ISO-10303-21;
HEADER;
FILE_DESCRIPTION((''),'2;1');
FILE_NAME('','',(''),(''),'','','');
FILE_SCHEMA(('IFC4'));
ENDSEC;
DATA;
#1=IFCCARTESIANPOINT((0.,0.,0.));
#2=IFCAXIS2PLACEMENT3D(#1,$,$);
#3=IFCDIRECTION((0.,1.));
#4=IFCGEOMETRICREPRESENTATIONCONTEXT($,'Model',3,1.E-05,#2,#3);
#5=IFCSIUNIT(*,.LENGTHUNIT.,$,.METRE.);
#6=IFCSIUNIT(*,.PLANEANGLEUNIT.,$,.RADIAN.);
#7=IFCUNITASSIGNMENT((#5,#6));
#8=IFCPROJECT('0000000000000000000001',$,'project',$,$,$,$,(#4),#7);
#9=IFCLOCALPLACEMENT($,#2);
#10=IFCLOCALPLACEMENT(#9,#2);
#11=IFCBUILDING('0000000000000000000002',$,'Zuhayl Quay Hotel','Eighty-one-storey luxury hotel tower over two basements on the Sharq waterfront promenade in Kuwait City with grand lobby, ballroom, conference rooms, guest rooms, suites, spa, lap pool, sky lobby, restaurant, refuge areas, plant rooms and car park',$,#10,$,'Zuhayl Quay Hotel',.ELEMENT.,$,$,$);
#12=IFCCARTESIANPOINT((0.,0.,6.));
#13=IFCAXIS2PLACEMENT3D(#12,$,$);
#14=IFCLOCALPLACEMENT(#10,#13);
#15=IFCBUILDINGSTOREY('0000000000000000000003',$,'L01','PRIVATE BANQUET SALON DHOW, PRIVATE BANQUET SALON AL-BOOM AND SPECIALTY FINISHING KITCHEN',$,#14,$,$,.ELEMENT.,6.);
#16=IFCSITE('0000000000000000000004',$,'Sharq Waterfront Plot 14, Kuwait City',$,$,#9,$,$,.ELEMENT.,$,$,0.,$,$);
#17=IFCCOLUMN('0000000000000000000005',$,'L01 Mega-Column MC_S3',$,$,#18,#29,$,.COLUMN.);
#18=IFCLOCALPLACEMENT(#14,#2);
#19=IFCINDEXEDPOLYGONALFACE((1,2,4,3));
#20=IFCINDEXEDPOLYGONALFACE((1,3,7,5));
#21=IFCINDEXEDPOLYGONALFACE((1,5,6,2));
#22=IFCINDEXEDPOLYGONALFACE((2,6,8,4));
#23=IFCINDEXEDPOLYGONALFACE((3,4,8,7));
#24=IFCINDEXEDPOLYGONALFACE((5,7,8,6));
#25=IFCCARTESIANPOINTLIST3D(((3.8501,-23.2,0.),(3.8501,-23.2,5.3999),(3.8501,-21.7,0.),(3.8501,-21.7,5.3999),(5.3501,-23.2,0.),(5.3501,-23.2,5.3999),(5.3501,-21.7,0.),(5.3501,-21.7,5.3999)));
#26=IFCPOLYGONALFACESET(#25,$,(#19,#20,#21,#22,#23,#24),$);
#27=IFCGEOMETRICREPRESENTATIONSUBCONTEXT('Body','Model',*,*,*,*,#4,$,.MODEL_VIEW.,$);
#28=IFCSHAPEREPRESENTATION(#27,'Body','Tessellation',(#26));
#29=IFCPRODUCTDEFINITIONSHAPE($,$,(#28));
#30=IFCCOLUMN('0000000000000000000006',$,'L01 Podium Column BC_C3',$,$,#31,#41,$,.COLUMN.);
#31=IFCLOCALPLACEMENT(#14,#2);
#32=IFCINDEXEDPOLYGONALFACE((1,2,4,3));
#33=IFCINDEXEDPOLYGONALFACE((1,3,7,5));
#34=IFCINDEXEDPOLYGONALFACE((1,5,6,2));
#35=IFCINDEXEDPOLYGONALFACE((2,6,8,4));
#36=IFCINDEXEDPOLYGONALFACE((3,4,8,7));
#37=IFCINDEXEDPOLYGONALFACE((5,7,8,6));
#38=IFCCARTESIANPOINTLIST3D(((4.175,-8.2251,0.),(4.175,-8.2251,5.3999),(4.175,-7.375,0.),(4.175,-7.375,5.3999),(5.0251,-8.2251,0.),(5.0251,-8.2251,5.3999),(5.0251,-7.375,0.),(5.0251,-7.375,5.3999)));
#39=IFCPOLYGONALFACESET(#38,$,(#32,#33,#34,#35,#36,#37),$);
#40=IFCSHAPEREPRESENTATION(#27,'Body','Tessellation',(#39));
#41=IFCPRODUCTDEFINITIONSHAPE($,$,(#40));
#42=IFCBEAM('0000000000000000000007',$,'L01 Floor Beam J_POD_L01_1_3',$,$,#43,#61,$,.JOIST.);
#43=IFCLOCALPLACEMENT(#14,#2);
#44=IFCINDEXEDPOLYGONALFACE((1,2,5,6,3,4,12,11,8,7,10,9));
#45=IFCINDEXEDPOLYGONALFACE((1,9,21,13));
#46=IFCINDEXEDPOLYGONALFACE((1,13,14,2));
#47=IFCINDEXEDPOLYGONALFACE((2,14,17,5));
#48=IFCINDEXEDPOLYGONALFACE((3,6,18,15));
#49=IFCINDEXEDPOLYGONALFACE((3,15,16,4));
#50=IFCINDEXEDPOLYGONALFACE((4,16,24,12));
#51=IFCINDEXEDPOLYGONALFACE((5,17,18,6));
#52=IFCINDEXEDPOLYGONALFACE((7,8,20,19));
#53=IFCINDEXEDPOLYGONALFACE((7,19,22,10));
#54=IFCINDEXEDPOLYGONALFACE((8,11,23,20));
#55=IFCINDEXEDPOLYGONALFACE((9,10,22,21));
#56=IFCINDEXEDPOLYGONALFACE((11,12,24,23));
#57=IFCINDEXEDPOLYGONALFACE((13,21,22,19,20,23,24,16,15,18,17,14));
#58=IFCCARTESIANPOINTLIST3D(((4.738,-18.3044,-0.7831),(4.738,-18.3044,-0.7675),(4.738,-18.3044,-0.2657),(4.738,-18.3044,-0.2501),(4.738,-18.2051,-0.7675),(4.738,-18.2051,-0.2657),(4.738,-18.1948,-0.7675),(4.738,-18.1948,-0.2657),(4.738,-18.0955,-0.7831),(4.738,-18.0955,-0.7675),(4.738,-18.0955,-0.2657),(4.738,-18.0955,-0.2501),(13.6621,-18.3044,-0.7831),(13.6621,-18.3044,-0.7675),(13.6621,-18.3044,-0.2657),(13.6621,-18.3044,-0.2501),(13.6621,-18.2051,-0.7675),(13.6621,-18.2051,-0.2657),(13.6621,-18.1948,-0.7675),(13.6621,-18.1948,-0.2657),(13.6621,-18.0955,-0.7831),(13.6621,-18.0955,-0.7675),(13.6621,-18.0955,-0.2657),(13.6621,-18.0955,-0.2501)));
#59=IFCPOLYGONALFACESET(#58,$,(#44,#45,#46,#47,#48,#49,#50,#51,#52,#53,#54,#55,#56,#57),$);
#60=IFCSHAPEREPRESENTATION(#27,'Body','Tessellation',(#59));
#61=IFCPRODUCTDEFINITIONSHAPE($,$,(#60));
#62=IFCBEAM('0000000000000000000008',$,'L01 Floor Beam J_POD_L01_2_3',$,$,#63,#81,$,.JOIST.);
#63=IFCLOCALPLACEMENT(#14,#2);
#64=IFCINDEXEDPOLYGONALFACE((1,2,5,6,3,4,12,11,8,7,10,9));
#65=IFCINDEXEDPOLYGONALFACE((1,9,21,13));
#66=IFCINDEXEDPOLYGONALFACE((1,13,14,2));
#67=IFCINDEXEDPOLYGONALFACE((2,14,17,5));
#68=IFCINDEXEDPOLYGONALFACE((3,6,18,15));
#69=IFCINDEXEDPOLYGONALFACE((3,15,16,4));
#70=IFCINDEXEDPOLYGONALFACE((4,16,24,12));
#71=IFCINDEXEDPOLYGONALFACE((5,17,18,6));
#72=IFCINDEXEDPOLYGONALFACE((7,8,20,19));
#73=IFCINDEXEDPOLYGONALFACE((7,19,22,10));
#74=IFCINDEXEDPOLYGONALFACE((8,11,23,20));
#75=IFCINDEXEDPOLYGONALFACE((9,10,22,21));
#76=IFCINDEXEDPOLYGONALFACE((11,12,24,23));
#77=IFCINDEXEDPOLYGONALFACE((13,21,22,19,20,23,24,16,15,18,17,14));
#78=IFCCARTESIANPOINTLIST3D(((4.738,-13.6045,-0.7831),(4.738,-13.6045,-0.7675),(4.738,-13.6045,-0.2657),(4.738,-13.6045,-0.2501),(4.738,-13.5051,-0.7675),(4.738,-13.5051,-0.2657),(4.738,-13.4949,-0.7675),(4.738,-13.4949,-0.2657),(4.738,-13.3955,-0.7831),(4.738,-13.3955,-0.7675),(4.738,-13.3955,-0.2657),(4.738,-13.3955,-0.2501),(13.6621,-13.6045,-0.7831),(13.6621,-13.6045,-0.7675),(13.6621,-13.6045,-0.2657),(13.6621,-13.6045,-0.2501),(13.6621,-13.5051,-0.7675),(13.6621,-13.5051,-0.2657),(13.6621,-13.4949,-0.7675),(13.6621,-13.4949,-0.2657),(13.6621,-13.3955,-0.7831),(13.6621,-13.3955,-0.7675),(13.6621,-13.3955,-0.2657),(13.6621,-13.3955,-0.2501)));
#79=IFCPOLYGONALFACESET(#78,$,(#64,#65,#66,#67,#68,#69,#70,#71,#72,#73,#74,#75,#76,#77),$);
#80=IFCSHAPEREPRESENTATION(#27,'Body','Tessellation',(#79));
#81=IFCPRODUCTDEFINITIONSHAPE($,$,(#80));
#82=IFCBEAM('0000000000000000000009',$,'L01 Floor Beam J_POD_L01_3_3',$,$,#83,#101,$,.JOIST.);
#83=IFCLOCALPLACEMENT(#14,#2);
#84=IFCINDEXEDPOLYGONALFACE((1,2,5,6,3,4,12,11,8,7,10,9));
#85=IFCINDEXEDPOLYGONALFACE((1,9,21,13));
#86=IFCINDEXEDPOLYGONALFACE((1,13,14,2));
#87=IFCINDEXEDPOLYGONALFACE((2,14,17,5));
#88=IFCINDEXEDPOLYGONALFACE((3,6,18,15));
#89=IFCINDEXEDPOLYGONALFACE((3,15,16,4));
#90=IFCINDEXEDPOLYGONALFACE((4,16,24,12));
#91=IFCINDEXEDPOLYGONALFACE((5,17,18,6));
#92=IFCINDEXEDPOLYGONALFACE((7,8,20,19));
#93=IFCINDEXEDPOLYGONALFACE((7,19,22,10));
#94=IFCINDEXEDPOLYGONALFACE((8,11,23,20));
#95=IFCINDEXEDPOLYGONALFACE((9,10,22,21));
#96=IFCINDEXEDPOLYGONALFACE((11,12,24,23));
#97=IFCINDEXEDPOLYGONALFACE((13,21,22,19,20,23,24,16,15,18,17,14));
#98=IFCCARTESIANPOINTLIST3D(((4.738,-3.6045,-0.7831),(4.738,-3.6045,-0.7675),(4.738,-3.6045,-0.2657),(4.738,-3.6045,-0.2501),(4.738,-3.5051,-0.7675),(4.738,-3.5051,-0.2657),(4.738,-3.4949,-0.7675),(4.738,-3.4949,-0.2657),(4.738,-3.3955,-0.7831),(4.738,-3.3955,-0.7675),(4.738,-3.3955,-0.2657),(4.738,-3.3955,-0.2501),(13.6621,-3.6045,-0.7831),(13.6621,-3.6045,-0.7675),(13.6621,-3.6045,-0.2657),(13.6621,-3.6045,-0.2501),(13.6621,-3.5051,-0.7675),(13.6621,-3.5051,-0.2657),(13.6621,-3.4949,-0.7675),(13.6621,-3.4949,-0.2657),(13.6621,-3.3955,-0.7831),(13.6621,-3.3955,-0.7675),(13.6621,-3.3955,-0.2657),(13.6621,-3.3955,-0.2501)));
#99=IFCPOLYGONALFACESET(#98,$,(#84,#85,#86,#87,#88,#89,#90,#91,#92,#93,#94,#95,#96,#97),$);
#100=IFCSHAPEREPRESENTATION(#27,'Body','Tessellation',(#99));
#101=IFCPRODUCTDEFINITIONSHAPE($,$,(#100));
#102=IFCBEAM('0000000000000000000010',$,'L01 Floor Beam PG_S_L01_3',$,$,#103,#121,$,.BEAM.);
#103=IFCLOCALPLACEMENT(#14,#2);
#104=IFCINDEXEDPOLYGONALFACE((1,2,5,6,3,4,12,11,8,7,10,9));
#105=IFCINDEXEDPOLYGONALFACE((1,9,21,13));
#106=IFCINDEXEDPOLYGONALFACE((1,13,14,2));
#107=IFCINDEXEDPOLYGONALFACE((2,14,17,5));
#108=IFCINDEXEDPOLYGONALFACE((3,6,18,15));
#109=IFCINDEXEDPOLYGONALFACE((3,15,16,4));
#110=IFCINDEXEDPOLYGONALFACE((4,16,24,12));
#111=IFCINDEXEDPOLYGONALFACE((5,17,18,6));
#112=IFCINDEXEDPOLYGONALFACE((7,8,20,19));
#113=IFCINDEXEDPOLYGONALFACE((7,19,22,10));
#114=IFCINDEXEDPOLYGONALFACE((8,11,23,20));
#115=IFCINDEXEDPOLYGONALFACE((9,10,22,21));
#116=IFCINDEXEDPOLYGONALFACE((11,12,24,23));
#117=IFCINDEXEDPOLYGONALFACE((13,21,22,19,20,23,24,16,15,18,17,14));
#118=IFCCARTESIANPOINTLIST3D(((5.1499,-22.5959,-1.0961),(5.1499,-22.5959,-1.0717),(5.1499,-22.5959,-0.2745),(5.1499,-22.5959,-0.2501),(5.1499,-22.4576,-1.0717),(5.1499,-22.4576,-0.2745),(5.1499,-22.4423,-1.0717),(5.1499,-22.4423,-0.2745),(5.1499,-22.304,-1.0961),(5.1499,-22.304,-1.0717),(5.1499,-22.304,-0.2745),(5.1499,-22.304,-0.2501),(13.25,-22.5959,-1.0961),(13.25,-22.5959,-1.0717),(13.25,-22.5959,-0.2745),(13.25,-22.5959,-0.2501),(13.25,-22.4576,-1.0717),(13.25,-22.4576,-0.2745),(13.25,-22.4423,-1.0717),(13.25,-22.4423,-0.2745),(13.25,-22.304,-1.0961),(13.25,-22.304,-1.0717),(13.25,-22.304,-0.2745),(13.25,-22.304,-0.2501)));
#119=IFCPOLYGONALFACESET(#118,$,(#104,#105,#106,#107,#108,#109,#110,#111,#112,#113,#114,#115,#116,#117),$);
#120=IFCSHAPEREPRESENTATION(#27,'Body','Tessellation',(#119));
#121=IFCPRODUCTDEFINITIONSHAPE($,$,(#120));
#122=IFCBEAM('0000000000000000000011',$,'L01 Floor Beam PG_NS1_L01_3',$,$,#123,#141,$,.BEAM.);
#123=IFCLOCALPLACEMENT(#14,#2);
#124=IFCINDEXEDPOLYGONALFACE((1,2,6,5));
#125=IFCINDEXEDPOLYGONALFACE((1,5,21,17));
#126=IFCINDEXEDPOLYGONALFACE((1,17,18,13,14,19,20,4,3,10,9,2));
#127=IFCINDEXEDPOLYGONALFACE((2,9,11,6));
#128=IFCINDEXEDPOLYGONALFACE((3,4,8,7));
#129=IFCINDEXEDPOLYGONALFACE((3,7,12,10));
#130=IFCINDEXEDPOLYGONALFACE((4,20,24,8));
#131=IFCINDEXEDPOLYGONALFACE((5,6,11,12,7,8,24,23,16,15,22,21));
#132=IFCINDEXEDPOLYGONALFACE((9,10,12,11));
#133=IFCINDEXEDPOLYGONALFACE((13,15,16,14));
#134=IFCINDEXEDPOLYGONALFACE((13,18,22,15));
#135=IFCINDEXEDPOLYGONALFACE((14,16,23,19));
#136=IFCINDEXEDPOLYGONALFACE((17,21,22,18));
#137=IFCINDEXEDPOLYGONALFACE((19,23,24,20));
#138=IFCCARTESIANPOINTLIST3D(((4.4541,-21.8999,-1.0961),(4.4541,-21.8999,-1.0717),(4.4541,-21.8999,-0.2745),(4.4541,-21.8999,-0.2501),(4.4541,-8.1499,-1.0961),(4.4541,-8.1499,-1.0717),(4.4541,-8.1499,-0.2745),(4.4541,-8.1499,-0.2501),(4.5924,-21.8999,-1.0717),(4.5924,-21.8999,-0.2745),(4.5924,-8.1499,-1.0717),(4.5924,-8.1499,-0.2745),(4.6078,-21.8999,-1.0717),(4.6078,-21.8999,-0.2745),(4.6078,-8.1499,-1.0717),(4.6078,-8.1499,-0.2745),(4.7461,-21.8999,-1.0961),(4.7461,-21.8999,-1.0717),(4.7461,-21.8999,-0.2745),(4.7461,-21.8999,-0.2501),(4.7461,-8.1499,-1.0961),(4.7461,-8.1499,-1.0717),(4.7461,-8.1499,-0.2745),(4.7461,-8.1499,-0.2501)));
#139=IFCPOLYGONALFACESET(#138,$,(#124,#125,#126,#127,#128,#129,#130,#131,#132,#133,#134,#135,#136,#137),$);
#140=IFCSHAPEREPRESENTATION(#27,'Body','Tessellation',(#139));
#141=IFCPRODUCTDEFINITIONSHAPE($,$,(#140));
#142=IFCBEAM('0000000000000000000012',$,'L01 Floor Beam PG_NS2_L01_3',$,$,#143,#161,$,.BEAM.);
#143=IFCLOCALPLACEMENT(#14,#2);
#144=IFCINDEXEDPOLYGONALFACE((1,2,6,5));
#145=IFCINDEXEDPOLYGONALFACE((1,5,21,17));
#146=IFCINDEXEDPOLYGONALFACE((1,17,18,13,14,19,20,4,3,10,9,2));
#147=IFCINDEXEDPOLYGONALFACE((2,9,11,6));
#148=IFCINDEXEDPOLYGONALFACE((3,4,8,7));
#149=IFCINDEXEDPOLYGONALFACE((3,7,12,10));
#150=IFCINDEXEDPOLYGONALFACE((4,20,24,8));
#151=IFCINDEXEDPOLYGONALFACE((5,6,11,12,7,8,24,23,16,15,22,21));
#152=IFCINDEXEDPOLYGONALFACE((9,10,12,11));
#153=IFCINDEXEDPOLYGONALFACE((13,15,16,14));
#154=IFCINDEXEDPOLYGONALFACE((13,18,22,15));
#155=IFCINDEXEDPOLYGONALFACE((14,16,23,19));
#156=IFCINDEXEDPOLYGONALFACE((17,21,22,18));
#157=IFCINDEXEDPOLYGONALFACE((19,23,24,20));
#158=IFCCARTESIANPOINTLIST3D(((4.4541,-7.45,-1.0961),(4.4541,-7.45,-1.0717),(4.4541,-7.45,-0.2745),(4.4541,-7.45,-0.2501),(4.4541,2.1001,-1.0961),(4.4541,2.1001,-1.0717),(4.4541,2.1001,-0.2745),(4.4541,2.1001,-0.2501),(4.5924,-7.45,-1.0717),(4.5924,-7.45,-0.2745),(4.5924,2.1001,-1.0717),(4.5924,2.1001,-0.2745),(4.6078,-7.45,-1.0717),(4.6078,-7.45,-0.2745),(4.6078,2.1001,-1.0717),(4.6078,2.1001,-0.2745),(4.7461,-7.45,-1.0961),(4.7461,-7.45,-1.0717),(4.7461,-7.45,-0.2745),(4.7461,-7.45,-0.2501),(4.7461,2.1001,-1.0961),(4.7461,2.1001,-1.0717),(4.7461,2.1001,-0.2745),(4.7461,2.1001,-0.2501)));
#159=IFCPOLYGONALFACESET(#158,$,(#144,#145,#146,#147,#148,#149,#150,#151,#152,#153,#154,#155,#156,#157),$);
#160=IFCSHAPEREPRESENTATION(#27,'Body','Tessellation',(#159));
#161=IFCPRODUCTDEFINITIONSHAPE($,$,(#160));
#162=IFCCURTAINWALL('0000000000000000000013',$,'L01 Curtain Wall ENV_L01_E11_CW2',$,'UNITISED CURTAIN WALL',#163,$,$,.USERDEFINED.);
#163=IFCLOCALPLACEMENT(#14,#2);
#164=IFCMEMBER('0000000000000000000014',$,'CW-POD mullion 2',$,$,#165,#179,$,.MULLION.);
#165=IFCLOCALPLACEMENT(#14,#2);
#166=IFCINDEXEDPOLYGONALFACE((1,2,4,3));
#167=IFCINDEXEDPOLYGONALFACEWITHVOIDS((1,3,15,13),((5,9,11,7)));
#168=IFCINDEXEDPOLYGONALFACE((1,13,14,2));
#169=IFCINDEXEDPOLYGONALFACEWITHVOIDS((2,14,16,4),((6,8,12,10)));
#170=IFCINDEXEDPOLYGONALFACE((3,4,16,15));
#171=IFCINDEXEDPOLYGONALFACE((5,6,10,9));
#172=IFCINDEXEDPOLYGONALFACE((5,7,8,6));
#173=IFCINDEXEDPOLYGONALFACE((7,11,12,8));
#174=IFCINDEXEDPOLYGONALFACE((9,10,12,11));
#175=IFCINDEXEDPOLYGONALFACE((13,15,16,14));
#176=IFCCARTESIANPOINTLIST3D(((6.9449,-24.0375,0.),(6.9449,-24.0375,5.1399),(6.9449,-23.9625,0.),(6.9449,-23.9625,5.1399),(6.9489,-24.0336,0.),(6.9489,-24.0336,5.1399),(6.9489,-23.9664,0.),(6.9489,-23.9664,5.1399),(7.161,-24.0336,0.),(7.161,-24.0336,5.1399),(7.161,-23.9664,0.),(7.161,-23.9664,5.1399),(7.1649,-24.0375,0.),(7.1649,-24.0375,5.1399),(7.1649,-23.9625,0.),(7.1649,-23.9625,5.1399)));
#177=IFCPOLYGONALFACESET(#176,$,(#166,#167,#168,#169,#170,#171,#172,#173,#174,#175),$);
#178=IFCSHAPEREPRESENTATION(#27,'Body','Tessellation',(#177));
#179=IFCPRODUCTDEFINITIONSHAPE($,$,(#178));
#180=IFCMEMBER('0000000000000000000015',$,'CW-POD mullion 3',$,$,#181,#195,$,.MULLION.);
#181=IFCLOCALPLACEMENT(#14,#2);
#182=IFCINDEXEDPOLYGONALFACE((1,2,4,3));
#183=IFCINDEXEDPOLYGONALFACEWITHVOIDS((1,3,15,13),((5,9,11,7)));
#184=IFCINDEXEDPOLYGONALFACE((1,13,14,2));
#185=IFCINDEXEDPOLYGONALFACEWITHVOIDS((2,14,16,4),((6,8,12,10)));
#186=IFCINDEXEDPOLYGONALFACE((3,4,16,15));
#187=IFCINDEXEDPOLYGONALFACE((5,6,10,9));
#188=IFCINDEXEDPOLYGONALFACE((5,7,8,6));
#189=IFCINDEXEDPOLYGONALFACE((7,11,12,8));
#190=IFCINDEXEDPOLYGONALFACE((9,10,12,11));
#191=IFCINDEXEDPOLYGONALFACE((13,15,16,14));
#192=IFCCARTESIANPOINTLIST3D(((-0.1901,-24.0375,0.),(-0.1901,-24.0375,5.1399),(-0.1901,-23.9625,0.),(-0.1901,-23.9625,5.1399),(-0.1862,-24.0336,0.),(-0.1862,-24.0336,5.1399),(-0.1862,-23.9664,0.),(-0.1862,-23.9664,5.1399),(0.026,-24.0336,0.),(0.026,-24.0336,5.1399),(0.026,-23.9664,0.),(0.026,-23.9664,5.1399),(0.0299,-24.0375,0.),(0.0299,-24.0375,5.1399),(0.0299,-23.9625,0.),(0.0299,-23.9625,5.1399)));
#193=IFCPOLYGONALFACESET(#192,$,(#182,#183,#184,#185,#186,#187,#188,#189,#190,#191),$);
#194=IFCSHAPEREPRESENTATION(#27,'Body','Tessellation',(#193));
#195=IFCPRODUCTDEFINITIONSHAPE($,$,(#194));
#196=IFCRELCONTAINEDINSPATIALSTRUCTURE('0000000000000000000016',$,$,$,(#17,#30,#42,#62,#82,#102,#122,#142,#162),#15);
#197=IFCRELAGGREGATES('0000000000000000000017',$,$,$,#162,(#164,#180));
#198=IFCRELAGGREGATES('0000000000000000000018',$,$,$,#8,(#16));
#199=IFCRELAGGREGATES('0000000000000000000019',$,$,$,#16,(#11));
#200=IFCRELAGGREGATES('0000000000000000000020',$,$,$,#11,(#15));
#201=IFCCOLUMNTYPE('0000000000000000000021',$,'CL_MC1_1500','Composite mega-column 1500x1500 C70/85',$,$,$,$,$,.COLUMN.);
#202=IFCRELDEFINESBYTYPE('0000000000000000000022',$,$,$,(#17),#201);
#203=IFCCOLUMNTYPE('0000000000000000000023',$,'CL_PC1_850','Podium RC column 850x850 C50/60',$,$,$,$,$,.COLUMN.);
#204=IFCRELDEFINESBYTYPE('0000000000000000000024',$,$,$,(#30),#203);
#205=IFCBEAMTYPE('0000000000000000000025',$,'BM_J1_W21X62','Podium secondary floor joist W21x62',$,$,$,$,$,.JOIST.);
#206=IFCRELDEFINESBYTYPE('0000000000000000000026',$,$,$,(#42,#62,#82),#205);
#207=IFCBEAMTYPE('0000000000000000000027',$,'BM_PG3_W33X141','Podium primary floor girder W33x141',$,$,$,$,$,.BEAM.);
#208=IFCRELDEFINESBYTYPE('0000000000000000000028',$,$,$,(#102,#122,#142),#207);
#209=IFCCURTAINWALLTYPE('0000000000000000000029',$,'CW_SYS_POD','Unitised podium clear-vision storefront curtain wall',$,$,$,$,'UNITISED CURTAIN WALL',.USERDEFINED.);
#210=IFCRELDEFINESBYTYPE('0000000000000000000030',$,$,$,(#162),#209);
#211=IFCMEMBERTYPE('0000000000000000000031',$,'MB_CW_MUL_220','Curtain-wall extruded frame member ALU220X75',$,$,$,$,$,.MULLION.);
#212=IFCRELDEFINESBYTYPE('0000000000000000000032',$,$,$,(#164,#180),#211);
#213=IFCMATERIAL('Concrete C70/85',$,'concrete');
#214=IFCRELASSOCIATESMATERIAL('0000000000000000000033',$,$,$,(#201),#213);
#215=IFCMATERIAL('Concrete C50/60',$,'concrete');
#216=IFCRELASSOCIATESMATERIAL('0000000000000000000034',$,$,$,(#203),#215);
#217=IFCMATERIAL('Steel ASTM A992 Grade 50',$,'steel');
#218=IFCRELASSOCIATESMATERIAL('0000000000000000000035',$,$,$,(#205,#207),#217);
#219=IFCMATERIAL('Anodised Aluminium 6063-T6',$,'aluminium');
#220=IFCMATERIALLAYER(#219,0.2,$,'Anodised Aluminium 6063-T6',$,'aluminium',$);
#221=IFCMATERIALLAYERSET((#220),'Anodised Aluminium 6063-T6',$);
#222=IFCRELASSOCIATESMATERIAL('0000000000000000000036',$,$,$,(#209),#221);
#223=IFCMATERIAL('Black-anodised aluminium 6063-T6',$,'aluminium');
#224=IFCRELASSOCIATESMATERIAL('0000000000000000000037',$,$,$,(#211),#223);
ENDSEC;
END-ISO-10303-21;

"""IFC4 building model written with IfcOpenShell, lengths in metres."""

from ifc_helpers import new_model, si_unit, direction, frame, origin, origin_2d, place, context, subcontext, project, spatial, rectangle, hollow_rectangle, i_section, extrude, material, layer, layer_set, material_profile, profile_set, type_object, element, aggregate, save


model = new_model("IFC4")

# Units and contexts
model_context = context("Model", 3, precision=1e-05, world=origin(), true_north=direction((0.0, 1.0)))
body_context = subcontext(model_context, "Body", "Model", "MODEL_VIEW")
ifc_project = project(units=[si_unit("LENGTHUNIT", "METRE"), si_unit("PLANEANGLEUNIT", "RADIAN")], contexts=[model_context])

# Site, building, storey
site_placement = place(None, origin())
site = spatial("IfcSite", under=ifc_project, at=site_placement, Name="Sharq Waterfront Plot 14, Kuwait City", CompositionType="ELEMENT", RefElevation=0.0)
building_placement = place(site_placement, origin())
building = spatial("IfcBuilding", under=site, at=building_placement, Name="Zuhayl Quay Hotel", Description="Eighty-one-storey luxury hotel tower over two basements on the Sharq waterfront promenade in Kuwait City with grand lobby, ballroom, conference rooms, guest rooms, suites, spa, lap pool, sky lobby, restaurant, refuge areas, plant rooms and car park", LongName="Zuhayl Quay Hotel", CompositionType="ELEMENT")
storey_placement = place(building_placement, frame((0.0, 0.0, 6.0)))
storey = spatial("IfcBuildingStorey", under=building, at=storey_placement, Name="L01", Description="PRIVATE BANQUET SALON DHOW, PRIVATE BANQUET SALON AL-BOOM AND SPECIALTY FINISHING KITCHEN", CompositionType="ELEMENT", Elevation=6.0)

# Columns
ifc_material_1 = material(Name="Concrete C70/85", Category="concrete")
ifc_material_profile_1 = material_profile(ifc_material_1, rectangle(XDim=1.5, YDim=1.5, at=origin_2d()), Name="RC1500X1500")
ifc_profile_set_1 = profile_set([ifc_material_profile_1], Name="Concrete C70/85")
column_type_1 = type_object("IfcColumnType", Name="CL_MC1_1500", Description="Composite mega-column 1500x1500 C70/85", PredefinedType="COLUMN", material=ifc_profile_set_1)
column_1_placement = place(storey_placement, frame((4.6001, -22.45, 0.0), z_axis=(0.0, 0.0, 1.0), x_axis=(1.0, 0.0, 0.0)))
element("IfcColumn", 1, at=column_1_placement, inside=storey, type_object=column_type_1, Name="L01 Mega-Column MC_S3", PredefinedType="COLUMN", context=body_context, shape_type="SweptSolid", body=[
    extrude(rectangle(XDim=1.5, YDim=1.5, at=origin_2d()), origin(), (0.0, 0.0, 1.0), 5.3999),
])
ifc_material_2 = material(Name="Concrete C50/60", Category="concrete")
ifc_material_profile_2 = material_profile(ifc_material_2, rectangle(XDim=0.8501, YDim=0.8501, at=origin_2d()), Name="RC850X850")
ifc_profile_set_2 = profile_set([ifc_material_profile_2], Name="Concrete C50/60")
column_type_2 = type_object("IfcColumnType", Name="CL_PC1_850", Description="Podium RC column 850x850 C50/60", PredefinedType="COLUMN", material=ifc_profile_set_2)
column_2_placement = place(storey_placement, frame((4.6001, -7.8, 0.0), z_axis=(0.0, 0.0, 1.0), x_axis=(1.0, 0.0, 0.0)))
element("IfcColumn", 2, at=column_2_placement, inside=storey, type_object=column_type_2, Name="L01 Podium Column BC_C3", PredefinedType="COLUMN", context=body_context, shape_type="SweptSolid", body=[
    extrude(rectangle(XDim=0.8501, YDim=0.8501, at=origin_2d()), origin(), (0.0, 0.0, 1.0), 5.3999),
])

# Beams
ifc_material_3 = material(Name="Steel ASTM A992 Grade 50", Category="steel")
ifc_material_profile_3 = material_profile(ifc_material_3, i_section(OverallWidth=0.209, OverallDepth=0.533, WebThickness=0.0103, FlangeThickness=0.0156, at=origin_2d()), Name="W21X62")
ifc_profile_set_3 = profile_set([ifc_material_profile_3], Name="Steel ASTM A992 Grade 50")
beam_type_1 = type_object("IfcBeamType", Name="BM_J1_W21X62", Description="Podium secondary floor joist W21x62", PredefinedType="JOIST", material=ifc_profile_set_3)
for number, where, z_axis, x_axis, name in (
    (3, (4.738, -18.2, -0.5166), (1.0, 0.0, 0.0), (0.0, 1.0, 0.0), "L01 Floor Beam J_POD_L01_1_3"),
    (4, (4.738, -13.5, -0.5166), (1.0, 0.0, 0.0), (0.0, 1.0, 0.0), "L01 Floor Beam J_POD_L01_2_3"),
    (5, (4.738, -3.5, -0.5166), (1.0, 0.0, 0.0), (0.0, 1.0, 0.0), "L01 Floor Beam J_POD_L01_3_3"),
):
    element("IfcBeam", number, at=place(storey_placement, frame(where, z_axis=z_axis, x_axis=x_axis)), inside=storey, type_object=beam_type_1, Name=name, PredefinedType="JOIST", context=body_context, shape_type="SweptSolid", body=[
        extrude(i_section(OverallWidth=0.209, OverallDepth=0.533, WebThickness=0.0103, FlangeThickness=0.0156, at=origin_2d()), origin(), (0.0, 0.0, 1.0), 8.9241),
    ])
ifc_material_profile_4 = material_profile(ifc_material_3, i_section(OverallWidth=0.292, OverallDepth=0.8459, WebThickness=0.0154, FlangeThickness=0.0244, at=origin_2d()), Name="W33X141")
ifc_profile_set_4 = profile_set([ifc_material_profile_4], Name="Steel ASTM A992 Grade 50")
beam_type_2 = type_object("IfcBeamType", Name="BM_PG3_W33X141", Description="Podium primary floor girder W33x141", PredefinedType="BEAM", material=ifc_profile_set_4)
beam_1_placement = place(storey_placement, frame((5.1499, -22.45, -0.6731), z_axis=(1.0, 0.0, 0.0), x_axis=(0.0, 1.0, 0.0)))
element("IfcBeam", 6, at=beam_1_placement, inside=storey, type_object=beam_type_2, Name="L01 Floor Beam PG_S_L01_3", PredefinedType="BEAM", context=body_context, shape_type="SweptSolid", body=[
    extrude(i_section(OverallWidth=0.292, OverallDepth=0.8459, WebThickness=0.0154, FlangeThickness=0.0244, at=origin_2d()), origin(), (0.0, 0.0, 1.0), 8.1001),
])
beam_2_placement = place(storey_placement, frame((4.6001, -21.8999, -0.6731), z_axis=(0.0, 1.0, 0.0), x_axis=(-1.0, 0.0, 0.0)))
element("IfcBeam", 7, at=beam_2_placement, inside=storey, type_object=beam_type_2, Name="L01 Floor Beam PG_NS1_L01_3", PredefinedType="BEAM", context=body_context, shape_type="SweptSolid", body=[
    extrude(i_section(OverallWidth=0.292, OverallDepth=0.8459, WebThickness=0.0154, FlangeThickness=0.0244, at=origin_2d()), origin(), (0.0, 0.0, 1.0), 13.75),
])
beam_3_placement = place(storey_placement, frame((4.6001, -7.45, -0.6731), z_axis=(0.0, 1.0, 0.0), x_axis=(-1.0, 0.0, 0.0)))
element("IfcBeam", 8, at=beam_3_placement, inside=storey, type_object=beam_type_2, Name="L01 Floor Beam PG_NS2_L01_3", PredefinedType="BEAM", context=body_context, shape_type="SweptSolid", body=[
    extrude(i_section(OverallWidth=0.292, OverallDepth=0.8459, WebThickness=0.0154, FlangeThickness=0.0244, at=origin_2d()), origin(), (0.0, 0.0, 1.0), 9.55),
])

# Curtain wall, members
ifc_material_4 = material(Name="Anodised Aluminium 6063-T6", Category="aluminium")
ifc_layer_1 = layer(ifc_material_4, 0.2, Name="Anodised Aluminium 6063-T6", Category="aluminium")
ifc_layer_set_1 = layer_set([ifc_layer_1], Name="Anodised Aluminium 6063-T6")
curtain_wall_type = type_object("IfcCurtainWallType", Name="CW_SYS_POD", Description="Unitised podium clear-vision storefront curtain wall", ElementType="UNITISED CURTAIN WALL", PredefinedType="USERDEFINED", material=ifc_layer_set_1)
curtain_wall_placement = place(storey_placement, origin())
curtain_wall = element("IfcCurtainWall", 9, at=curtain_wall_placement, inside=storey, type_object=curtain_wall_type, Name="L01 Curtain Wall ENV_L01_E11_CW2", ObjectType="UNITISED CURTAIN WALL", PredefinedType="USERDEFINED")
ifc_material_5 = material(Name="Black-anodised aluminium 6063-T6", Category="aluminium")
ifc_material_profile_5 = material_profile(ifc_material_5, hollow_rectangle(XDim=0.075, YDim=0.22, WallThickness=0.0039, at=origin_2d()), Name="ALU220X75")
ifc_profile_set_5 = profile_set([ifc_material_profile_5], Name="Black-anodised aluminium 6063-T6")
member_type_1 = type_object("IfcMemberType", Name="MB_CW_MUL_220", Description="Curtain-wall extruded frame member ALU220X75", PredefinedType="MULLION", material=ifc_profile_set_5)
member_1_placement = place(storey_placement, frame((7.0549, -24.0, 0.0), z_axis=(0.0, 0.0, 1.0), x_axis=(0.0, -1.0, 0.0)))
member_1 = element("IfcMember", 10, at=member_1_placement, type_object=member_type_1, Name="CW-POD mullion 2", PredefinedType="MULLION", context=body_context, shape_type="SweptSolid", body=[
    extrude(hollow_rectangle(XDim=0.075, YDim=0.22, WallThickness=0.0039, at=origin_2d()), origin(), (0.0, 0.0, 1.0), 5.1399),
])
member_2_placement = place(storey_placement, frame((-0.0801, -24.0, 0.0), z_axis=(0.0, 0.0, 1.0), x_axis=(0.0, -1.0, 0.0)))
member_2 = element("IfcMember", 11, at=member_2_placement, type_object=member_type_1, Name="CW-POD mullion 3", PredefinedType="MULLION", context=body_context, shape_type="SweptSolid", body=[
    extrude(hollow_rectangle(XDim=0.075, YDim=0.22, WallThickness=0.0039, at=origin_2d()), origin(), (0.0, 0.0, 1.0), 5.1399),
])
aggregate(curtain_wall, [member_1, member_2])

save(model, "model.ifc")
